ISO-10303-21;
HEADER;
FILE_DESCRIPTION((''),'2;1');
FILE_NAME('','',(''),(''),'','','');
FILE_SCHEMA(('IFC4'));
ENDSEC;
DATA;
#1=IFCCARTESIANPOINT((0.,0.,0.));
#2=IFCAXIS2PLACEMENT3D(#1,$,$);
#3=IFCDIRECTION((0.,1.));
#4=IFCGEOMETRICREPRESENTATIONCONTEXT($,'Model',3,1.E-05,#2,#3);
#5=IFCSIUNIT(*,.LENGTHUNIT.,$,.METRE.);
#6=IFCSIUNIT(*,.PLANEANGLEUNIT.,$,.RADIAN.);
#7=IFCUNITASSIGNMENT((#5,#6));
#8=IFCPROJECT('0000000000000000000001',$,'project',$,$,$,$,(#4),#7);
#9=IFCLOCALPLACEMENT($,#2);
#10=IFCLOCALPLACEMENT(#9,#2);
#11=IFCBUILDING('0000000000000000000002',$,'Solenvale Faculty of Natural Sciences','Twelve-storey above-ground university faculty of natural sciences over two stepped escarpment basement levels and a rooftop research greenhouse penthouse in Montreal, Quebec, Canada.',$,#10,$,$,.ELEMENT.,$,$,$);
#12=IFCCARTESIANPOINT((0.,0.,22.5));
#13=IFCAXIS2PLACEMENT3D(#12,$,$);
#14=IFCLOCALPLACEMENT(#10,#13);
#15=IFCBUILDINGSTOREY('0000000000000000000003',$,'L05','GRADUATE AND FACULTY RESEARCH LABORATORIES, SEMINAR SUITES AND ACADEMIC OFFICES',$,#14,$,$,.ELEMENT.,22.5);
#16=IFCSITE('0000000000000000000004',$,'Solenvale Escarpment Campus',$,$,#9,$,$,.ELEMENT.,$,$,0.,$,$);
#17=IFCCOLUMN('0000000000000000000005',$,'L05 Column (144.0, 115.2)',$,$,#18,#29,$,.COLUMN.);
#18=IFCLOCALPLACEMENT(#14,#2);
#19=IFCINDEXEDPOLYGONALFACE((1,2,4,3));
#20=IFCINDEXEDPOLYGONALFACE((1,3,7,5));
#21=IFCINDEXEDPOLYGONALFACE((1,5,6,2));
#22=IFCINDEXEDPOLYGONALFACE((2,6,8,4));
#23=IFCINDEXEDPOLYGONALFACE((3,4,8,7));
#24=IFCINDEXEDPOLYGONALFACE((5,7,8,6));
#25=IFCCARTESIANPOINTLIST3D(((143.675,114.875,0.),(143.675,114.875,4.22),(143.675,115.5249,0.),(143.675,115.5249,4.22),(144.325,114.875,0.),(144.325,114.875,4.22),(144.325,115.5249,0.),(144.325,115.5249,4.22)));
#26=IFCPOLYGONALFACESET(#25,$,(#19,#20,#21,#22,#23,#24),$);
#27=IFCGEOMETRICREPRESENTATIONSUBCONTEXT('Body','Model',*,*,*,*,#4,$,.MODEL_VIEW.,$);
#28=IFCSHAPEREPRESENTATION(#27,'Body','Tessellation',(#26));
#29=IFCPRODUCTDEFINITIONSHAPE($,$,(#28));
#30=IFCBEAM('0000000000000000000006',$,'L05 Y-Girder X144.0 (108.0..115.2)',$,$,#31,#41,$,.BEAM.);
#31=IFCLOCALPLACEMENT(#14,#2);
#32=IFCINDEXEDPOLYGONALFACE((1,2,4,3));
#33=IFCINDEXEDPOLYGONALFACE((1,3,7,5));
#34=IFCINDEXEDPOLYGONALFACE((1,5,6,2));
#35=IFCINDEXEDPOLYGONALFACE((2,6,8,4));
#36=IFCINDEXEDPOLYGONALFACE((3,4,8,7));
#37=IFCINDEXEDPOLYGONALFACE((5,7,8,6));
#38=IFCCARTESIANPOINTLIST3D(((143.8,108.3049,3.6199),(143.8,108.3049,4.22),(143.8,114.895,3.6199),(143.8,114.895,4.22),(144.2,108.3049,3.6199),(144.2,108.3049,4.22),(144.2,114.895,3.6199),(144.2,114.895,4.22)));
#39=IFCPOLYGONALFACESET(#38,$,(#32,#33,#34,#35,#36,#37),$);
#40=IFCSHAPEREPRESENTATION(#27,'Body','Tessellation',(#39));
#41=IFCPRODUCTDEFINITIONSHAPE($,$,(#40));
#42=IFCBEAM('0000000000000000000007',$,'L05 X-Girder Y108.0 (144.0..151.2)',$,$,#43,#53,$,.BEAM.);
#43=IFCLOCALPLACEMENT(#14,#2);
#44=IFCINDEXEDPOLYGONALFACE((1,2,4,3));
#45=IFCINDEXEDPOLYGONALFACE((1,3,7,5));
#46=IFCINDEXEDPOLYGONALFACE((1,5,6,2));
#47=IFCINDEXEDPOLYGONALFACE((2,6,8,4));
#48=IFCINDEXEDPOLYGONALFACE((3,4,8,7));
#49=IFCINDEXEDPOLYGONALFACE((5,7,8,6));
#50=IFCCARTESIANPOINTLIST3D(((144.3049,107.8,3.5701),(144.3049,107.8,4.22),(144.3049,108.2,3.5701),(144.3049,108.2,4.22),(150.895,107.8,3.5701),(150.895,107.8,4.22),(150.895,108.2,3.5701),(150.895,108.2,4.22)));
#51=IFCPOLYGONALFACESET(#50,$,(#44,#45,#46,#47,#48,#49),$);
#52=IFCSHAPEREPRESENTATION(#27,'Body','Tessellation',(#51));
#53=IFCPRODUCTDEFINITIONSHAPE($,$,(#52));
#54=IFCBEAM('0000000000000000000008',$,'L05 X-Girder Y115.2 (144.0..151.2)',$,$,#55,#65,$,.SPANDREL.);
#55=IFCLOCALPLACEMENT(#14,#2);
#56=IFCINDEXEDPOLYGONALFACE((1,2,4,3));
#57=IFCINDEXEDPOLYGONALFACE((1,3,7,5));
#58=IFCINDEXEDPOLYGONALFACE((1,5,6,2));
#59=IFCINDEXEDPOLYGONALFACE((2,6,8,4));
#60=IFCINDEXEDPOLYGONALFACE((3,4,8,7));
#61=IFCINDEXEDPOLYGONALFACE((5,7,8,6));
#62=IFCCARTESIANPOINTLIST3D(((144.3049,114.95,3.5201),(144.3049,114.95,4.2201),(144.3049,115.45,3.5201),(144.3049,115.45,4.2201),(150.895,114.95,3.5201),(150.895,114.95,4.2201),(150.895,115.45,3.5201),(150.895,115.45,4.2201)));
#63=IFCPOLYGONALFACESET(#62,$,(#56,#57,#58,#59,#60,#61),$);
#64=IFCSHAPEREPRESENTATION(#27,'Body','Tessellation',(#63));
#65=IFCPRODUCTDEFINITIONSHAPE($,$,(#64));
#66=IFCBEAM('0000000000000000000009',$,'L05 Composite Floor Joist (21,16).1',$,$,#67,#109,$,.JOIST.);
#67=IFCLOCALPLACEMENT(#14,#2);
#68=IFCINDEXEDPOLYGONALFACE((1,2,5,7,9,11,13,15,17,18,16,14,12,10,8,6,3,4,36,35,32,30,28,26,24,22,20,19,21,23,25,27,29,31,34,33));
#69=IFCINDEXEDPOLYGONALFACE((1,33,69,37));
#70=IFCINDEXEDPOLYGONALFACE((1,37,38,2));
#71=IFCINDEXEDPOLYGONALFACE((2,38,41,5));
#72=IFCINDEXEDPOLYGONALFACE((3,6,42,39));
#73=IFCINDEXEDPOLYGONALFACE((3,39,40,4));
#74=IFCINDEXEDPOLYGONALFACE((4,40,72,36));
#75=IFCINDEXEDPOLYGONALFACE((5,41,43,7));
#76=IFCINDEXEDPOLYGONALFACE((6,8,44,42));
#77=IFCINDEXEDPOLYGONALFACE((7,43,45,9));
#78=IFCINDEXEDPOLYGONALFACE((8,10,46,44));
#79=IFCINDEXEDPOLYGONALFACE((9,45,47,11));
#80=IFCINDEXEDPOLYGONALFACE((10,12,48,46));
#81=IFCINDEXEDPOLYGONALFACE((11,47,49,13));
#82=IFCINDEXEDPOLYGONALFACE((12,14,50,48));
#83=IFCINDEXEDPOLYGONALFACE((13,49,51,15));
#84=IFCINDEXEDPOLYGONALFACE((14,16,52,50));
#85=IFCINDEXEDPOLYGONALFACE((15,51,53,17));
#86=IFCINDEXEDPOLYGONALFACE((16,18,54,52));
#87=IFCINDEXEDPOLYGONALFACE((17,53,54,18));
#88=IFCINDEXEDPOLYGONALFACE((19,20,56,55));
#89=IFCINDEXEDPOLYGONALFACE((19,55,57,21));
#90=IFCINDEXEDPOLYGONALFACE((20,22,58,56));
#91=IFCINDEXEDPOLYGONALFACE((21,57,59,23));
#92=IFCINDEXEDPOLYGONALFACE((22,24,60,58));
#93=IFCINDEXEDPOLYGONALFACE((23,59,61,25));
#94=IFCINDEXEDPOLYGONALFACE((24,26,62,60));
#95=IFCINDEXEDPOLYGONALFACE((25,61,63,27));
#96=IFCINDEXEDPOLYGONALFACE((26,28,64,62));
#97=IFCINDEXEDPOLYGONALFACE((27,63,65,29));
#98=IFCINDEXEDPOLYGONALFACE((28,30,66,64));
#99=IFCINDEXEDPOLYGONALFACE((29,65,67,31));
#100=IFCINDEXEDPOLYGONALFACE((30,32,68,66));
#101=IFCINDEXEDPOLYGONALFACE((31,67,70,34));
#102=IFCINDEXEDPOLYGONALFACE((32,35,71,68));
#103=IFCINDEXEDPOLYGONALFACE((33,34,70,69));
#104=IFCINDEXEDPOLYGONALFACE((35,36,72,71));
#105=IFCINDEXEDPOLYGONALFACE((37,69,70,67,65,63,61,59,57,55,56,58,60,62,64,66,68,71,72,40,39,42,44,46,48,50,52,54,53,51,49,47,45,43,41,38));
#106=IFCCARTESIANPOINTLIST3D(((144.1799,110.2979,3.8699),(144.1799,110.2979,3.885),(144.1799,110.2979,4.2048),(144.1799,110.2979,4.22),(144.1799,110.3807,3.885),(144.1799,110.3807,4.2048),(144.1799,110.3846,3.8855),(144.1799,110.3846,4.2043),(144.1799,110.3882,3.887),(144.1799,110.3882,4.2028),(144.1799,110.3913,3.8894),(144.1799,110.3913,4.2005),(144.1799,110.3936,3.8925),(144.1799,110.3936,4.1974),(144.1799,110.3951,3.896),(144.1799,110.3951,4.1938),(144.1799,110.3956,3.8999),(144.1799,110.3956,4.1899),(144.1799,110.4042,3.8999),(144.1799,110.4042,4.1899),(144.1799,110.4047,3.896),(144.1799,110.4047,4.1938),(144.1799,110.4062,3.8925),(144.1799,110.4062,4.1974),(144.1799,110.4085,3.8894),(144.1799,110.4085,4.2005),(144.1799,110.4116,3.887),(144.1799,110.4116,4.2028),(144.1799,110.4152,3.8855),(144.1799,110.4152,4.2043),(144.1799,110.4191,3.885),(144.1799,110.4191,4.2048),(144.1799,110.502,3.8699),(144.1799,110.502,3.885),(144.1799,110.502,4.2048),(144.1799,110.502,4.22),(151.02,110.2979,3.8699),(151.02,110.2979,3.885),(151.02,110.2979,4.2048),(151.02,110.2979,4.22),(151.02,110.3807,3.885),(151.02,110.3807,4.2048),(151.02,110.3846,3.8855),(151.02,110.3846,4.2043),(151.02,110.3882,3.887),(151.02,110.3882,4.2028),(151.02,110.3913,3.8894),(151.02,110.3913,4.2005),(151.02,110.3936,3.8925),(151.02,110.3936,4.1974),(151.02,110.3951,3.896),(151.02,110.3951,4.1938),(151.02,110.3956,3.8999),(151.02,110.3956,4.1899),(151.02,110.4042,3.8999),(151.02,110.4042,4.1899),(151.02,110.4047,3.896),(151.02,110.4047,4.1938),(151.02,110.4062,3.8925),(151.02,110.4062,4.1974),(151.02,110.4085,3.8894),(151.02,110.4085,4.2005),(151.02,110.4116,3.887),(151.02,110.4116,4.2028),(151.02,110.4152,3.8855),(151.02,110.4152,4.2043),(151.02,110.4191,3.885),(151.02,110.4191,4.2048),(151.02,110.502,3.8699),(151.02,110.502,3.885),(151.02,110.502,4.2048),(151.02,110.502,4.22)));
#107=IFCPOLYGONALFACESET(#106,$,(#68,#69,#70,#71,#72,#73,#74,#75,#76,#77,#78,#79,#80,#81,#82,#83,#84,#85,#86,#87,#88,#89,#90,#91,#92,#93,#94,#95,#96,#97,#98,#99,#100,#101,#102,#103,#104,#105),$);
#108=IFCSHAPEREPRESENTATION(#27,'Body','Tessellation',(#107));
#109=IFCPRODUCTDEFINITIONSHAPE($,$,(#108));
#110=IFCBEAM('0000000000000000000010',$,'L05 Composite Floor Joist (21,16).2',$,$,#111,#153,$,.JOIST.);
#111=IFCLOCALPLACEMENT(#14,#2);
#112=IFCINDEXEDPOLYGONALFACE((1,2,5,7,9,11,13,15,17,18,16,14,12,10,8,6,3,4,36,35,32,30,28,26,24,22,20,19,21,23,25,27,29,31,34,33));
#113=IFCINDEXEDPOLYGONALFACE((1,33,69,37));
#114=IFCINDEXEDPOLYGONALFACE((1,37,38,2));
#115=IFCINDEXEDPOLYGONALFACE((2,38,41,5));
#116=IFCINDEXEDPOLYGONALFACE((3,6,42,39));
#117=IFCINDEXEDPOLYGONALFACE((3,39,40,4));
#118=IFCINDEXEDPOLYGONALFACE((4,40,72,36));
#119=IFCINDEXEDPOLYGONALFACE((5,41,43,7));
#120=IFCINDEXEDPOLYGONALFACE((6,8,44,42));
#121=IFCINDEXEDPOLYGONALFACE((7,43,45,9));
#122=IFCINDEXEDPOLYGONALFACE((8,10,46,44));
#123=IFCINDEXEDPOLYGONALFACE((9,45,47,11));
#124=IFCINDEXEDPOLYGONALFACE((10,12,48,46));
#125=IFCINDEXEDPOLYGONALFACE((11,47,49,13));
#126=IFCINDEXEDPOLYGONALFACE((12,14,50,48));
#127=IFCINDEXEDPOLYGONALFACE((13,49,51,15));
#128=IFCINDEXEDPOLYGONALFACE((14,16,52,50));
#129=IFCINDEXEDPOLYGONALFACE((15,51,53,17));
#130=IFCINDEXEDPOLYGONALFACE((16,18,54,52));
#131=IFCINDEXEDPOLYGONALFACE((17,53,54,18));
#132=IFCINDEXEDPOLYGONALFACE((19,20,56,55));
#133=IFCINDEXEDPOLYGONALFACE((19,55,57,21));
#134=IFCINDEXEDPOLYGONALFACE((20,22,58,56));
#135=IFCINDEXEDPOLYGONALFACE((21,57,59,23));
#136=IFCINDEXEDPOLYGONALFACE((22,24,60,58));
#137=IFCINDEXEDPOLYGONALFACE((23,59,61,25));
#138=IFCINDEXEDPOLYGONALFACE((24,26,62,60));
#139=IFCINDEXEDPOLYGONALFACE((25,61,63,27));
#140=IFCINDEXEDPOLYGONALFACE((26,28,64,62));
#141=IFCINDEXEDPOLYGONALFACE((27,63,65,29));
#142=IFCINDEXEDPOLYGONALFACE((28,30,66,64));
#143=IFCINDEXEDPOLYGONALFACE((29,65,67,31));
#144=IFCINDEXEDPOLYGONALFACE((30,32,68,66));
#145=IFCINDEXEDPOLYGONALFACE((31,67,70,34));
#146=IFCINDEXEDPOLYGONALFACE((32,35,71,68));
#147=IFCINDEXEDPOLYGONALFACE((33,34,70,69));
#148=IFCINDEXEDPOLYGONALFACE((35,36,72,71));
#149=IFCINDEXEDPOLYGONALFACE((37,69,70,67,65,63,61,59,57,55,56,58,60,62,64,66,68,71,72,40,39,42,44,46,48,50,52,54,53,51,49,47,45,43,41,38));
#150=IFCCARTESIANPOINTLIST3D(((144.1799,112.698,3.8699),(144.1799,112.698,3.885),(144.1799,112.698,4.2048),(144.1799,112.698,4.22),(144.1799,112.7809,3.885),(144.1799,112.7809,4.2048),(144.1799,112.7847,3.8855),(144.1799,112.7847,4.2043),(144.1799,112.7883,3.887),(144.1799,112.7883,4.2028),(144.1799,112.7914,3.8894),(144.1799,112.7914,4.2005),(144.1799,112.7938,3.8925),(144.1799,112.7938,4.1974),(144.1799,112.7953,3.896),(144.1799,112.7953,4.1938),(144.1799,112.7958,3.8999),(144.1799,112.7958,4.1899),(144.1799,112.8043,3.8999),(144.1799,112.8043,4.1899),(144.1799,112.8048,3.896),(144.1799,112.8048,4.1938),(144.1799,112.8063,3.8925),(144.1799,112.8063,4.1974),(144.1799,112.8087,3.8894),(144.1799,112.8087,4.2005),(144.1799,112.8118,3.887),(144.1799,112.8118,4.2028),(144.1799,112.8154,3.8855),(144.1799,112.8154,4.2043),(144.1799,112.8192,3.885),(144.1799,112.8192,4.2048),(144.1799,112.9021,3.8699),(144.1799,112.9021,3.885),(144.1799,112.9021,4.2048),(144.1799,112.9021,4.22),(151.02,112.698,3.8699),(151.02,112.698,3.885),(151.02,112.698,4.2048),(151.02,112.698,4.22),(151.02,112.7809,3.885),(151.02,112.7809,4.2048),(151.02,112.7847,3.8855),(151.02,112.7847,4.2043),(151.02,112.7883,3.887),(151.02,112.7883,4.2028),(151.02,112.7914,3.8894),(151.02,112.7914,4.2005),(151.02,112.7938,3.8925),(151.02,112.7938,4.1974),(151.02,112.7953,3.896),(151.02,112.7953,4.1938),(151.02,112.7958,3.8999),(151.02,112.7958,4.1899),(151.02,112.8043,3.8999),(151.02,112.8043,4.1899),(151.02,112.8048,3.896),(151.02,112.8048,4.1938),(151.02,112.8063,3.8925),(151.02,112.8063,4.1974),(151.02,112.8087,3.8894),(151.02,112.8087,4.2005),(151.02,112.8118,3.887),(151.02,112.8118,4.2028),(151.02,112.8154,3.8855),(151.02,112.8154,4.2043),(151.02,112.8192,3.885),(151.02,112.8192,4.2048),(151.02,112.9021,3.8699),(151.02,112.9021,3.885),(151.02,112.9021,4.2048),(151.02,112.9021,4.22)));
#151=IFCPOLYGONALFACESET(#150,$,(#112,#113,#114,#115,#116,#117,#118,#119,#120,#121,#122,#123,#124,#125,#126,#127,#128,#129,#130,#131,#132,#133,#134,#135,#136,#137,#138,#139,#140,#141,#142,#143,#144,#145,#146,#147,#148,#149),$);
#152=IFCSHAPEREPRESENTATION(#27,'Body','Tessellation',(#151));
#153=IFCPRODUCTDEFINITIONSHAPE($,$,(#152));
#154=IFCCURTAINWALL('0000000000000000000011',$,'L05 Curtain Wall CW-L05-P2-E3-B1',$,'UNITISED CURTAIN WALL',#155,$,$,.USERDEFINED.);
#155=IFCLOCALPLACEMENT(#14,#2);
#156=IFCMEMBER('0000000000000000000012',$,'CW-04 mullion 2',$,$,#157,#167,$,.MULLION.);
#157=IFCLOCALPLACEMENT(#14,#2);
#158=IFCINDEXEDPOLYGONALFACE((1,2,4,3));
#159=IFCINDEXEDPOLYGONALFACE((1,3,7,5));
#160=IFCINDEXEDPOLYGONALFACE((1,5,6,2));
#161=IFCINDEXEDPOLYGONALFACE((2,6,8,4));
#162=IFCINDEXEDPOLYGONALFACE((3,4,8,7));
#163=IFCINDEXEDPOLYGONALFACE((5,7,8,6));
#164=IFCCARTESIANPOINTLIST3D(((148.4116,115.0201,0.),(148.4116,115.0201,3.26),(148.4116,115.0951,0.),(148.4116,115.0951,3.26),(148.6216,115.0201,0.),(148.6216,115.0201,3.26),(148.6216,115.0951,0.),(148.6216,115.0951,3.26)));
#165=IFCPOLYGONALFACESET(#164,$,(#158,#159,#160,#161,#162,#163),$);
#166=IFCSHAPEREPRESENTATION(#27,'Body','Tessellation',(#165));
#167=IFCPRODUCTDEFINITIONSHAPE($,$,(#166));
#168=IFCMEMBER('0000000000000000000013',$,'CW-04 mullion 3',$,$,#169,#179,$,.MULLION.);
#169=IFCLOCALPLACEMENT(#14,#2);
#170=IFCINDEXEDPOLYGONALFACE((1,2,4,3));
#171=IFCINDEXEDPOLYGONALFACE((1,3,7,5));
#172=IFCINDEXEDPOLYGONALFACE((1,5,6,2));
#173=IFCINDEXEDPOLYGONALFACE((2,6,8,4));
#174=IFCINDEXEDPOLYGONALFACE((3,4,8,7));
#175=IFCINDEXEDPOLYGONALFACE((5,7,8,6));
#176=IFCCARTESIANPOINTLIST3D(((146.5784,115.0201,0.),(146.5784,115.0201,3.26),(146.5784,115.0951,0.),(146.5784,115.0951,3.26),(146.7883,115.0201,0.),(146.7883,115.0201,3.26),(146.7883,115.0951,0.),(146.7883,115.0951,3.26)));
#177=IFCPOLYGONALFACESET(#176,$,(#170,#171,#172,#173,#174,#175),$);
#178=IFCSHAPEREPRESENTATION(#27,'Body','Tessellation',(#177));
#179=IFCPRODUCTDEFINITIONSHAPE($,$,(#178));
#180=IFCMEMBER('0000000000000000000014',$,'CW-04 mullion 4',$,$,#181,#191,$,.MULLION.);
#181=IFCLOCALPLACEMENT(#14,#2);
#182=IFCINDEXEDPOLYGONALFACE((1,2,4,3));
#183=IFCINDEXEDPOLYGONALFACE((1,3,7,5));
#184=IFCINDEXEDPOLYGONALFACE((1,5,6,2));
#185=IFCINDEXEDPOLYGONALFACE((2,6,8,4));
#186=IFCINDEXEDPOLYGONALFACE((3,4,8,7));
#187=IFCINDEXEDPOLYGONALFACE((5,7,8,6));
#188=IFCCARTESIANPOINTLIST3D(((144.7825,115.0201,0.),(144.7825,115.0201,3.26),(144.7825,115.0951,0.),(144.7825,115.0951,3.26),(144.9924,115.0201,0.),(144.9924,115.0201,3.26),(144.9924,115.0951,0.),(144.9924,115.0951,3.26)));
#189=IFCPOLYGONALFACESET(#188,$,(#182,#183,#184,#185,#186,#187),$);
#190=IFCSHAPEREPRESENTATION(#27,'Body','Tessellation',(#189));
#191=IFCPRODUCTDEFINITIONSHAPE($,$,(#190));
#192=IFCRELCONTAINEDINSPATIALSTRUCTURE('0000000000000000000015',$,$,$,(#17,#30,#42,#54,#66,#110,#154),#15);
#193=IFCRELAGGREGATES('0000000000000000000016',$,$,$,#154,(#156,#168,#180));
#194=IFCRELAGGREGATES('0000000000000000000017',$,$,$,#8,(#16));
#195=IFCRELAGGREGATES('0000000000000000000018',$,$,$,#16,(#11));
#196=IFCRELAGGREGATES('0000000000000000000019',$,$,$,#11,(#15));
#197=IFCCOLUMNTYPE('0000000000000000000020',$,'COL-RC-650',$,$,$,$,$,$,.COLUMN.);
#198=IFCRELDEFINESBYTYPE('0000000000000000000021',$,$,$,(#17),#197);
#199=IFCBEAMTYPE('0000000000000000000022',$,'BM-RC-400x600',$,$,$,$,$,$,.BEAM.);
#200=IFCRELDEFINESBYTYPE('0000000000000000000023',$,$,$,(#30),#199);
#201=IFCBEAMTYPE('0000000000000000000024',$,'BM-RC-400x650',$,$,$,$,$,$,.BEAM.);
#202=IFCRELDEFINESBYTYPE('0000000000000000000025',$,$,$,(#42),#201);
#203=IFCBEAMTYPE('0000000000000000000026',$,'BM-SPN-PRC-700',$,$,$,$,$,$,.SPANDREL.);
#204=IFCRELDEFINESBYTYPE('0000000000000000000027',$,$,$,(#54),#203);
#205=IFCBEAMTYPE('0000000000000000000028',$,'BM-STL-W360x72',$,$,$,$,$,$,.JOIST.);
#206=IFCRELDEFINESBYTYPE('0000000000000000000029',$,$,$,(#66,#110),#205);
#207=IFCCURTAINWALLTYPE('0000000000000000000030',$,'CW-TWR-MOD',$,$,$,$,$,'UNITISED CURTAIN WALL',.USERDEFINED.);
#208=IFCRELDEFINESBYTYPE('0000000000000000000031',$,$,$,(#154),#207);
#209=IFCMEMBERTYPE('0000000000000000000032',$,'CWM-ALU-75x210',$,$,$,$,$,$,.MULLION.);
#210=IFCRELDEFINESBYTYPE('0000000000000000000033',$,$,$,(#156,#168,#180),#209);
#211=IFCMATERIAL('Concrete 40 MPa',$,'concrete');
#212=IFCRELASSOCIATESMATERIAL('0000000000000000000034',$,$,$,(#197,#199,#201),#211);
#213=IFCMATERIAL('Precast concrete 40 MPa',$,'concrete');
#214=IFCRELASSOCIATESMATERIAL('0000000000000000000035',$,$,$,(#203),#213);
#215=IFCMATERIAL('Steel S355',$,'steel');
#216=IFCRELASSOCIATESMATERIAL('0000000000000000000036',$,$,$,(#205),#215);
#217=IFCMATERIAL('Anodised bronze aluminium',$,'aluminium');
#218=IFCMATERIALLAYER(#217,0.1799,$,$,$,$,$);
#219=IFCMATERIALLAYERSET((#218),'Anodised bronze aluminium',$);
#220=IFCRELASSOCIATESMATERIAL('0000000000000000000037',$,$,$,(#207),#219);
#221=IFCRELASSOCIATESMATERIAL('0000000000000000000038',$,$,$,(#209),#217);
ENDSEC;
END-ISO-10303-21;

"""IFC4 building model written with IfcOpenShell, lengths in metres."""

from ifc_helpers import new_model, si_unit, direction, frame, origin, origin_2d, place, context, subcontext, project, spatial, rectangle, i_section, extrude, material, layer, layer_set, material_profile, profile_set, type_object, element, aggregate, save


model = new_model("IFC4")

# Units and contexts
model_context = context("Model", 3, precision=1e-05, world=origin(), true_north=direction((0.0, 1.0)))
body_context = subcontext(model_context, "Body", "Model", "MODEL_VIEW")
ifc_project = project(units=[si_unit("LENGTHUNIT", "METRE"), si_unit("PLANEANGLEUNIT", "RADIAN")], contexts=[model_context])

# Site, building, storey
site_placement = place(None, origin())
site = spatial("IfcSite", under=ifc_project, at=site_placement, Name="Solenvale Escarpment Campus", CompositionType="ELEMENT", RefElevation=0.0)
building_placement = place(site_placement, origin())
building = spatial("IfcBuilding", under=site, at=building_placement, Name="Solenvale Faculty of Natural Sciences", Description="Twelve-storey above-ground university faculty of natural sciences over two stepped escarpment basement levels and a rooftop research greenhouse penthouse in Montreal, Quebec, Canada.", CompositionType="ELEMENT")
storey_placement = place(building_placement, frame((0.0, 0.0, 22.5)))
storey = spatial("IfcBuildingStorey", under=building, at=storey_placement, Name="L05", Description="GRADUATE AND FACULTY RESEARCH LABORATORIES, SEMINAR SUITES AND ACADEMIC OFFICES", CompositionType="ELEMENT", Elevation=22.5)

# Column
ifc_material_1 = material(Name="Concrete 40 MPa", Category="concrete")
ifc_material_profile_1 = material_profile(ifc_material_1, rectangle(XDim=0.6499, YDim=0.6499, at=origin_2d()), Name="RC-COL-650x650")
ifc_profile_set_1 = profile_set([ifc_material_profile_1], Name="Concrete 40 MPa")
column_type = type_object("IfcColumnType", Name="COL-RC-650", PredefinedType="COLUMN", material=ifc_profile_set_1)
column_placement = place(storey_placement, frame((144.0, 115.2, 0.0), z_axis=(0.0, 0.0, 1.0), x_axis=(1.0, 0.0, 0.0)))
element("IfcColumn", 1, at=column_placement, inside=storey, type_object=column_type, Name="L05 Column (144.0, 115.2)", PredefinedType="COLUMN", context=body_context, shape_type="SweptSolid", body=[
    extrude(rectangle(XDim=0.6499, YDim=0.6499, at=origin_2d()), origin(), (0.0, 0.0, 1.0), 4.22),
])

# Beams
ifc_material_profile_2 = material_profile(ifc_material_1, rectangle(XDim=0.3999, YDim=0.6001, at=origin_2d()), Name="RC-BM-400x600")
ifc_profile_set_2 = profile_set([ifc_material_profile_2], Name="Concrete 40 MPa")
beam_type_1 = type_object("IfcBeamType", Name="BM-RC-400x600", PredefinedType="BEAM", material=ifc_profile_set_2)
beam_1_placement = place(storey_placement, frame((144.0, 108.3049, 3.9199), z_axis=(0.0, 1.0, 0.0), x_axis=(-1.0, 0.0, 0.0)))
element("IfcBeam", 2, at=beam_1_placement, inside=storey, type_object=beam_type_1, Name="L05 Y-Girder X144.0 (108.0..115.2)", PredefinedType="BEAM", context=body_context, shape_type="SweptSolid", body=[
    extrude(rectangle(XDim=0.3999, YDim=0.6001, at=origin_2d()), origin(), (0.0, 0.0, 1.0), 6.5901),
])
ifc_material_profile_3 = material_profile(ifc_material_1, rectangle(XDim=0.3999, YDim=0.6499, at=origin_2d()), Name="RC-BM-400x650")
ifc_profile_set_3 = profile_set([ifc_material_profile_3], Name="Concrete 40 MPa")
beam_type_2 = type_object("IfcBeamType", Name="BM-RC-400x650", PredefinedType="BEAM", material=ifc_profile_set_3)
beam_2_placement = place(storey_placement, frame((144.3049, 108.0, 3.895), z_axis=(1.0, 0.0, 0.0), x_axis=(0.0, 1.0, 0.0)))
element("IfcBeam", 3, at=beam_2_placement, inside=storey, type_object=beam_type_2, Name="L05 X-Girder Y108.0 (144.0..151.2)", PredefinedType="BEAM", context=body_context, shape_type="SweptSolid", body=[
    extrude(rectangle(XDim=0.3999, YDim=0.6499, at=origin_2d()), origin(), (0.0, 0.0, 1.0), 6.5901),
])
ifc_material_2 = material(Name="Precast concrete 40 MPa", Category="concrete")
ifc_material_profile_4 = material_profile(ifc_material_2, rectangle(XDim=0.5, YDim=0.7, at=origin_2d()), Name="RC-BM-500x700")
ifc_profile_set_4 = profile_set([ifc_material_profile_4], Name="Precast concrete 40 MPa")
beam_type_3 = type_object("IfcBeamType", Name="BM-SPN-PRC-700", PredefinedType="SPANDREL", material=ifc_profile_set_4)
beam_3_placement = place(storey_placement, frame((144.3049, 115.2, 3.8701), z_axis=(1.0, 0.0, 0.0), x_axis=(0.0, 1.0, 0.0)))
element("IfcBeam", 4, at=beam_3_placement, inside=storey, type_object=beam_type_3, Name="L05 X-Girder Y115.2 (144.0..151.2)", PredefinedType="SPANDREL", context=body_context, shape_type="SweptSolid", body=[
    extrude(rectangle(XDim=0.5, YDim=0.7, at=origin_2d()), origin(), (0.0, 0.0, 1.0), 6.5901),
])
ifc_material_3 = material(Name="Steel S355", Category="steel")
ifc_material_profile_5 = material_profile(ifc_material_3, i_section(OverallWidth=0.2041, OverallDepth=0.3501, WebThickness=0.0085, FlangeThickness=0.0151, FilletRadius=0.0149, at=origin_2d()), Name="W360x72")
ifc_profile_set_5 = profile_set([ifc_material_profile_5], Name="Steel S355")
beam_type_4 = type_object("IfcBeamType", Name="BM-STL-W360x72", PredefinedType="JOIST", material=ifc_profile_set_5)
for number, where, z_axis, x_axis, name in (
    (5, (144.1799, 110.3999, 4.0449), (1.0, 0.0, 0.0), (0.0, 1.0, 0.0), "L05 Composite Floor Joist (21,16).1"),
    (6, (144.1799, 112.8, 4.0449), (1.0, 0.0, 0.0), (0.0, 1.0, 0.0), "L05 Composite Floor Joist (21,16).2"),
):
    element("IfcBeam", number, at=place(storey_placement, frame(where, z_axis=z_axis, x_axis=x_axis)), inside=storey, type_object=beam_type_4, Name=name, PredefinedType="JOIST", context=body_context, shape_type="SweptSolid", body=[
        extrude(i_section(OverallWidth=0.2041, OverallDepth=0.3501, WebThickness=0.0085, FlangeThickness=0.0151, FilletRadius=0.0149, at=origin_2d()), origin(), (0.0, 0.0, 1.0), 6.8401),
    ])

# Curtain wall, members
ifc_material_4 = material(Name="Anodised bronze aluminium", Category="aluminium")
ifc_layer_1 = layer(ifc_material_4, 0.1799)
ifc_layer_set_1 = layer_set([ifc_layer_1], Name="Anodised bronze aluminium")
curtain_wall_type = type_object("IfcCurtainWallType", Name="CW-TWR-MOD", ElementType="UNITISED CURTAIN WALL", PredefinedType="USERDEFINED", material=ifc_layer_set_1)
curtain_wall_1_placement = place(storey_placement, origin())
curtain_wall_1 = element("IfcCurtainWall", 7, at=curtain_wall_1_placement, inside=storey, type_object=curtain_wall_type, Name="L05 Curtain Wall CW-L05-P2-E3-B1", ObjectType="UNITISED CURTAIN WALL", PredefinedType="USERDEFINED")
ifc_material_profile_6 = material_profile(ifc_material_4, rectangle(XDim=0.075, YDim=0.21, at=origin_2d()), Name="ALU-MUL-75x210")
ifc_profile_set_6 = profile_set([ifc_material_profile_6], Name="Anodised bronze aluminium")
member_type_1 = type_object("IfcMemberType", Name="CWM-ALU-75x210", PredefinedType="MULLION", material=ifc_profile_set_6)
member_1_placement = place(storey_placement, frame((148.5166, 115.0576, 0.0), z_axis=(0.0, 0.0, 1.0), x_axis=(0.0, -1.0, 0.0)))
member_1 = element("IfcMember", 8, at=member_1_placement, type_object=member_type_1, Name="CW-04 mullion 2", PredefinedType="MULLION", context=body_context, shape_type="SweptSolid", body=[
    extrude(rectangle(XDim=0.075, YDim=0.21, at=origin_2d()), origin(), (0.0, 0.0, 1.0), 3.26),
])
member_2_placement = place(storey_placement, frame((146.6833, 115.0576, 0.0), z_axis=(0.0, 0.0, 1.0), x_axis=(0.0, -1.0, 0.0)))
member_2 = element("IfcMember", 9, at=member_2_placement, type_object=member_type_1, Name="CW-04 mullion 3", PredefinedType="MULLION", context=body_context, shape_type="SweptSolid", body=[
    extrude(rectangle(XDim=0.075, YDim=0.21, at=origin_2d()), origin(), (0.0, 0.0, 1.0), 3.26),
])
member_3_placement = place(storey_placement, frame((144.8875, 115.0576, 0.0), z_axis=(0.0, 0.0, 1.0), x_axis=(0.0, -1.0, 0.0)))
member_3 = element("IfcMember", 10, at=member_3_placement, type_object=member_type_1, Name="CW-04 mullion 4", PredefinedType="MULLION", context=body_context, shape_type="SweptSolid", body=[
    extrude(rectangle(XDim=0.075, YDim=0.21, at=origin_2d()), origin(), (0.0, 0.0, 1.0), 3.26),
])

aggregate(curtain_wall_1, [member_1, member_2, member_3])

save(model, "model.ifc")
